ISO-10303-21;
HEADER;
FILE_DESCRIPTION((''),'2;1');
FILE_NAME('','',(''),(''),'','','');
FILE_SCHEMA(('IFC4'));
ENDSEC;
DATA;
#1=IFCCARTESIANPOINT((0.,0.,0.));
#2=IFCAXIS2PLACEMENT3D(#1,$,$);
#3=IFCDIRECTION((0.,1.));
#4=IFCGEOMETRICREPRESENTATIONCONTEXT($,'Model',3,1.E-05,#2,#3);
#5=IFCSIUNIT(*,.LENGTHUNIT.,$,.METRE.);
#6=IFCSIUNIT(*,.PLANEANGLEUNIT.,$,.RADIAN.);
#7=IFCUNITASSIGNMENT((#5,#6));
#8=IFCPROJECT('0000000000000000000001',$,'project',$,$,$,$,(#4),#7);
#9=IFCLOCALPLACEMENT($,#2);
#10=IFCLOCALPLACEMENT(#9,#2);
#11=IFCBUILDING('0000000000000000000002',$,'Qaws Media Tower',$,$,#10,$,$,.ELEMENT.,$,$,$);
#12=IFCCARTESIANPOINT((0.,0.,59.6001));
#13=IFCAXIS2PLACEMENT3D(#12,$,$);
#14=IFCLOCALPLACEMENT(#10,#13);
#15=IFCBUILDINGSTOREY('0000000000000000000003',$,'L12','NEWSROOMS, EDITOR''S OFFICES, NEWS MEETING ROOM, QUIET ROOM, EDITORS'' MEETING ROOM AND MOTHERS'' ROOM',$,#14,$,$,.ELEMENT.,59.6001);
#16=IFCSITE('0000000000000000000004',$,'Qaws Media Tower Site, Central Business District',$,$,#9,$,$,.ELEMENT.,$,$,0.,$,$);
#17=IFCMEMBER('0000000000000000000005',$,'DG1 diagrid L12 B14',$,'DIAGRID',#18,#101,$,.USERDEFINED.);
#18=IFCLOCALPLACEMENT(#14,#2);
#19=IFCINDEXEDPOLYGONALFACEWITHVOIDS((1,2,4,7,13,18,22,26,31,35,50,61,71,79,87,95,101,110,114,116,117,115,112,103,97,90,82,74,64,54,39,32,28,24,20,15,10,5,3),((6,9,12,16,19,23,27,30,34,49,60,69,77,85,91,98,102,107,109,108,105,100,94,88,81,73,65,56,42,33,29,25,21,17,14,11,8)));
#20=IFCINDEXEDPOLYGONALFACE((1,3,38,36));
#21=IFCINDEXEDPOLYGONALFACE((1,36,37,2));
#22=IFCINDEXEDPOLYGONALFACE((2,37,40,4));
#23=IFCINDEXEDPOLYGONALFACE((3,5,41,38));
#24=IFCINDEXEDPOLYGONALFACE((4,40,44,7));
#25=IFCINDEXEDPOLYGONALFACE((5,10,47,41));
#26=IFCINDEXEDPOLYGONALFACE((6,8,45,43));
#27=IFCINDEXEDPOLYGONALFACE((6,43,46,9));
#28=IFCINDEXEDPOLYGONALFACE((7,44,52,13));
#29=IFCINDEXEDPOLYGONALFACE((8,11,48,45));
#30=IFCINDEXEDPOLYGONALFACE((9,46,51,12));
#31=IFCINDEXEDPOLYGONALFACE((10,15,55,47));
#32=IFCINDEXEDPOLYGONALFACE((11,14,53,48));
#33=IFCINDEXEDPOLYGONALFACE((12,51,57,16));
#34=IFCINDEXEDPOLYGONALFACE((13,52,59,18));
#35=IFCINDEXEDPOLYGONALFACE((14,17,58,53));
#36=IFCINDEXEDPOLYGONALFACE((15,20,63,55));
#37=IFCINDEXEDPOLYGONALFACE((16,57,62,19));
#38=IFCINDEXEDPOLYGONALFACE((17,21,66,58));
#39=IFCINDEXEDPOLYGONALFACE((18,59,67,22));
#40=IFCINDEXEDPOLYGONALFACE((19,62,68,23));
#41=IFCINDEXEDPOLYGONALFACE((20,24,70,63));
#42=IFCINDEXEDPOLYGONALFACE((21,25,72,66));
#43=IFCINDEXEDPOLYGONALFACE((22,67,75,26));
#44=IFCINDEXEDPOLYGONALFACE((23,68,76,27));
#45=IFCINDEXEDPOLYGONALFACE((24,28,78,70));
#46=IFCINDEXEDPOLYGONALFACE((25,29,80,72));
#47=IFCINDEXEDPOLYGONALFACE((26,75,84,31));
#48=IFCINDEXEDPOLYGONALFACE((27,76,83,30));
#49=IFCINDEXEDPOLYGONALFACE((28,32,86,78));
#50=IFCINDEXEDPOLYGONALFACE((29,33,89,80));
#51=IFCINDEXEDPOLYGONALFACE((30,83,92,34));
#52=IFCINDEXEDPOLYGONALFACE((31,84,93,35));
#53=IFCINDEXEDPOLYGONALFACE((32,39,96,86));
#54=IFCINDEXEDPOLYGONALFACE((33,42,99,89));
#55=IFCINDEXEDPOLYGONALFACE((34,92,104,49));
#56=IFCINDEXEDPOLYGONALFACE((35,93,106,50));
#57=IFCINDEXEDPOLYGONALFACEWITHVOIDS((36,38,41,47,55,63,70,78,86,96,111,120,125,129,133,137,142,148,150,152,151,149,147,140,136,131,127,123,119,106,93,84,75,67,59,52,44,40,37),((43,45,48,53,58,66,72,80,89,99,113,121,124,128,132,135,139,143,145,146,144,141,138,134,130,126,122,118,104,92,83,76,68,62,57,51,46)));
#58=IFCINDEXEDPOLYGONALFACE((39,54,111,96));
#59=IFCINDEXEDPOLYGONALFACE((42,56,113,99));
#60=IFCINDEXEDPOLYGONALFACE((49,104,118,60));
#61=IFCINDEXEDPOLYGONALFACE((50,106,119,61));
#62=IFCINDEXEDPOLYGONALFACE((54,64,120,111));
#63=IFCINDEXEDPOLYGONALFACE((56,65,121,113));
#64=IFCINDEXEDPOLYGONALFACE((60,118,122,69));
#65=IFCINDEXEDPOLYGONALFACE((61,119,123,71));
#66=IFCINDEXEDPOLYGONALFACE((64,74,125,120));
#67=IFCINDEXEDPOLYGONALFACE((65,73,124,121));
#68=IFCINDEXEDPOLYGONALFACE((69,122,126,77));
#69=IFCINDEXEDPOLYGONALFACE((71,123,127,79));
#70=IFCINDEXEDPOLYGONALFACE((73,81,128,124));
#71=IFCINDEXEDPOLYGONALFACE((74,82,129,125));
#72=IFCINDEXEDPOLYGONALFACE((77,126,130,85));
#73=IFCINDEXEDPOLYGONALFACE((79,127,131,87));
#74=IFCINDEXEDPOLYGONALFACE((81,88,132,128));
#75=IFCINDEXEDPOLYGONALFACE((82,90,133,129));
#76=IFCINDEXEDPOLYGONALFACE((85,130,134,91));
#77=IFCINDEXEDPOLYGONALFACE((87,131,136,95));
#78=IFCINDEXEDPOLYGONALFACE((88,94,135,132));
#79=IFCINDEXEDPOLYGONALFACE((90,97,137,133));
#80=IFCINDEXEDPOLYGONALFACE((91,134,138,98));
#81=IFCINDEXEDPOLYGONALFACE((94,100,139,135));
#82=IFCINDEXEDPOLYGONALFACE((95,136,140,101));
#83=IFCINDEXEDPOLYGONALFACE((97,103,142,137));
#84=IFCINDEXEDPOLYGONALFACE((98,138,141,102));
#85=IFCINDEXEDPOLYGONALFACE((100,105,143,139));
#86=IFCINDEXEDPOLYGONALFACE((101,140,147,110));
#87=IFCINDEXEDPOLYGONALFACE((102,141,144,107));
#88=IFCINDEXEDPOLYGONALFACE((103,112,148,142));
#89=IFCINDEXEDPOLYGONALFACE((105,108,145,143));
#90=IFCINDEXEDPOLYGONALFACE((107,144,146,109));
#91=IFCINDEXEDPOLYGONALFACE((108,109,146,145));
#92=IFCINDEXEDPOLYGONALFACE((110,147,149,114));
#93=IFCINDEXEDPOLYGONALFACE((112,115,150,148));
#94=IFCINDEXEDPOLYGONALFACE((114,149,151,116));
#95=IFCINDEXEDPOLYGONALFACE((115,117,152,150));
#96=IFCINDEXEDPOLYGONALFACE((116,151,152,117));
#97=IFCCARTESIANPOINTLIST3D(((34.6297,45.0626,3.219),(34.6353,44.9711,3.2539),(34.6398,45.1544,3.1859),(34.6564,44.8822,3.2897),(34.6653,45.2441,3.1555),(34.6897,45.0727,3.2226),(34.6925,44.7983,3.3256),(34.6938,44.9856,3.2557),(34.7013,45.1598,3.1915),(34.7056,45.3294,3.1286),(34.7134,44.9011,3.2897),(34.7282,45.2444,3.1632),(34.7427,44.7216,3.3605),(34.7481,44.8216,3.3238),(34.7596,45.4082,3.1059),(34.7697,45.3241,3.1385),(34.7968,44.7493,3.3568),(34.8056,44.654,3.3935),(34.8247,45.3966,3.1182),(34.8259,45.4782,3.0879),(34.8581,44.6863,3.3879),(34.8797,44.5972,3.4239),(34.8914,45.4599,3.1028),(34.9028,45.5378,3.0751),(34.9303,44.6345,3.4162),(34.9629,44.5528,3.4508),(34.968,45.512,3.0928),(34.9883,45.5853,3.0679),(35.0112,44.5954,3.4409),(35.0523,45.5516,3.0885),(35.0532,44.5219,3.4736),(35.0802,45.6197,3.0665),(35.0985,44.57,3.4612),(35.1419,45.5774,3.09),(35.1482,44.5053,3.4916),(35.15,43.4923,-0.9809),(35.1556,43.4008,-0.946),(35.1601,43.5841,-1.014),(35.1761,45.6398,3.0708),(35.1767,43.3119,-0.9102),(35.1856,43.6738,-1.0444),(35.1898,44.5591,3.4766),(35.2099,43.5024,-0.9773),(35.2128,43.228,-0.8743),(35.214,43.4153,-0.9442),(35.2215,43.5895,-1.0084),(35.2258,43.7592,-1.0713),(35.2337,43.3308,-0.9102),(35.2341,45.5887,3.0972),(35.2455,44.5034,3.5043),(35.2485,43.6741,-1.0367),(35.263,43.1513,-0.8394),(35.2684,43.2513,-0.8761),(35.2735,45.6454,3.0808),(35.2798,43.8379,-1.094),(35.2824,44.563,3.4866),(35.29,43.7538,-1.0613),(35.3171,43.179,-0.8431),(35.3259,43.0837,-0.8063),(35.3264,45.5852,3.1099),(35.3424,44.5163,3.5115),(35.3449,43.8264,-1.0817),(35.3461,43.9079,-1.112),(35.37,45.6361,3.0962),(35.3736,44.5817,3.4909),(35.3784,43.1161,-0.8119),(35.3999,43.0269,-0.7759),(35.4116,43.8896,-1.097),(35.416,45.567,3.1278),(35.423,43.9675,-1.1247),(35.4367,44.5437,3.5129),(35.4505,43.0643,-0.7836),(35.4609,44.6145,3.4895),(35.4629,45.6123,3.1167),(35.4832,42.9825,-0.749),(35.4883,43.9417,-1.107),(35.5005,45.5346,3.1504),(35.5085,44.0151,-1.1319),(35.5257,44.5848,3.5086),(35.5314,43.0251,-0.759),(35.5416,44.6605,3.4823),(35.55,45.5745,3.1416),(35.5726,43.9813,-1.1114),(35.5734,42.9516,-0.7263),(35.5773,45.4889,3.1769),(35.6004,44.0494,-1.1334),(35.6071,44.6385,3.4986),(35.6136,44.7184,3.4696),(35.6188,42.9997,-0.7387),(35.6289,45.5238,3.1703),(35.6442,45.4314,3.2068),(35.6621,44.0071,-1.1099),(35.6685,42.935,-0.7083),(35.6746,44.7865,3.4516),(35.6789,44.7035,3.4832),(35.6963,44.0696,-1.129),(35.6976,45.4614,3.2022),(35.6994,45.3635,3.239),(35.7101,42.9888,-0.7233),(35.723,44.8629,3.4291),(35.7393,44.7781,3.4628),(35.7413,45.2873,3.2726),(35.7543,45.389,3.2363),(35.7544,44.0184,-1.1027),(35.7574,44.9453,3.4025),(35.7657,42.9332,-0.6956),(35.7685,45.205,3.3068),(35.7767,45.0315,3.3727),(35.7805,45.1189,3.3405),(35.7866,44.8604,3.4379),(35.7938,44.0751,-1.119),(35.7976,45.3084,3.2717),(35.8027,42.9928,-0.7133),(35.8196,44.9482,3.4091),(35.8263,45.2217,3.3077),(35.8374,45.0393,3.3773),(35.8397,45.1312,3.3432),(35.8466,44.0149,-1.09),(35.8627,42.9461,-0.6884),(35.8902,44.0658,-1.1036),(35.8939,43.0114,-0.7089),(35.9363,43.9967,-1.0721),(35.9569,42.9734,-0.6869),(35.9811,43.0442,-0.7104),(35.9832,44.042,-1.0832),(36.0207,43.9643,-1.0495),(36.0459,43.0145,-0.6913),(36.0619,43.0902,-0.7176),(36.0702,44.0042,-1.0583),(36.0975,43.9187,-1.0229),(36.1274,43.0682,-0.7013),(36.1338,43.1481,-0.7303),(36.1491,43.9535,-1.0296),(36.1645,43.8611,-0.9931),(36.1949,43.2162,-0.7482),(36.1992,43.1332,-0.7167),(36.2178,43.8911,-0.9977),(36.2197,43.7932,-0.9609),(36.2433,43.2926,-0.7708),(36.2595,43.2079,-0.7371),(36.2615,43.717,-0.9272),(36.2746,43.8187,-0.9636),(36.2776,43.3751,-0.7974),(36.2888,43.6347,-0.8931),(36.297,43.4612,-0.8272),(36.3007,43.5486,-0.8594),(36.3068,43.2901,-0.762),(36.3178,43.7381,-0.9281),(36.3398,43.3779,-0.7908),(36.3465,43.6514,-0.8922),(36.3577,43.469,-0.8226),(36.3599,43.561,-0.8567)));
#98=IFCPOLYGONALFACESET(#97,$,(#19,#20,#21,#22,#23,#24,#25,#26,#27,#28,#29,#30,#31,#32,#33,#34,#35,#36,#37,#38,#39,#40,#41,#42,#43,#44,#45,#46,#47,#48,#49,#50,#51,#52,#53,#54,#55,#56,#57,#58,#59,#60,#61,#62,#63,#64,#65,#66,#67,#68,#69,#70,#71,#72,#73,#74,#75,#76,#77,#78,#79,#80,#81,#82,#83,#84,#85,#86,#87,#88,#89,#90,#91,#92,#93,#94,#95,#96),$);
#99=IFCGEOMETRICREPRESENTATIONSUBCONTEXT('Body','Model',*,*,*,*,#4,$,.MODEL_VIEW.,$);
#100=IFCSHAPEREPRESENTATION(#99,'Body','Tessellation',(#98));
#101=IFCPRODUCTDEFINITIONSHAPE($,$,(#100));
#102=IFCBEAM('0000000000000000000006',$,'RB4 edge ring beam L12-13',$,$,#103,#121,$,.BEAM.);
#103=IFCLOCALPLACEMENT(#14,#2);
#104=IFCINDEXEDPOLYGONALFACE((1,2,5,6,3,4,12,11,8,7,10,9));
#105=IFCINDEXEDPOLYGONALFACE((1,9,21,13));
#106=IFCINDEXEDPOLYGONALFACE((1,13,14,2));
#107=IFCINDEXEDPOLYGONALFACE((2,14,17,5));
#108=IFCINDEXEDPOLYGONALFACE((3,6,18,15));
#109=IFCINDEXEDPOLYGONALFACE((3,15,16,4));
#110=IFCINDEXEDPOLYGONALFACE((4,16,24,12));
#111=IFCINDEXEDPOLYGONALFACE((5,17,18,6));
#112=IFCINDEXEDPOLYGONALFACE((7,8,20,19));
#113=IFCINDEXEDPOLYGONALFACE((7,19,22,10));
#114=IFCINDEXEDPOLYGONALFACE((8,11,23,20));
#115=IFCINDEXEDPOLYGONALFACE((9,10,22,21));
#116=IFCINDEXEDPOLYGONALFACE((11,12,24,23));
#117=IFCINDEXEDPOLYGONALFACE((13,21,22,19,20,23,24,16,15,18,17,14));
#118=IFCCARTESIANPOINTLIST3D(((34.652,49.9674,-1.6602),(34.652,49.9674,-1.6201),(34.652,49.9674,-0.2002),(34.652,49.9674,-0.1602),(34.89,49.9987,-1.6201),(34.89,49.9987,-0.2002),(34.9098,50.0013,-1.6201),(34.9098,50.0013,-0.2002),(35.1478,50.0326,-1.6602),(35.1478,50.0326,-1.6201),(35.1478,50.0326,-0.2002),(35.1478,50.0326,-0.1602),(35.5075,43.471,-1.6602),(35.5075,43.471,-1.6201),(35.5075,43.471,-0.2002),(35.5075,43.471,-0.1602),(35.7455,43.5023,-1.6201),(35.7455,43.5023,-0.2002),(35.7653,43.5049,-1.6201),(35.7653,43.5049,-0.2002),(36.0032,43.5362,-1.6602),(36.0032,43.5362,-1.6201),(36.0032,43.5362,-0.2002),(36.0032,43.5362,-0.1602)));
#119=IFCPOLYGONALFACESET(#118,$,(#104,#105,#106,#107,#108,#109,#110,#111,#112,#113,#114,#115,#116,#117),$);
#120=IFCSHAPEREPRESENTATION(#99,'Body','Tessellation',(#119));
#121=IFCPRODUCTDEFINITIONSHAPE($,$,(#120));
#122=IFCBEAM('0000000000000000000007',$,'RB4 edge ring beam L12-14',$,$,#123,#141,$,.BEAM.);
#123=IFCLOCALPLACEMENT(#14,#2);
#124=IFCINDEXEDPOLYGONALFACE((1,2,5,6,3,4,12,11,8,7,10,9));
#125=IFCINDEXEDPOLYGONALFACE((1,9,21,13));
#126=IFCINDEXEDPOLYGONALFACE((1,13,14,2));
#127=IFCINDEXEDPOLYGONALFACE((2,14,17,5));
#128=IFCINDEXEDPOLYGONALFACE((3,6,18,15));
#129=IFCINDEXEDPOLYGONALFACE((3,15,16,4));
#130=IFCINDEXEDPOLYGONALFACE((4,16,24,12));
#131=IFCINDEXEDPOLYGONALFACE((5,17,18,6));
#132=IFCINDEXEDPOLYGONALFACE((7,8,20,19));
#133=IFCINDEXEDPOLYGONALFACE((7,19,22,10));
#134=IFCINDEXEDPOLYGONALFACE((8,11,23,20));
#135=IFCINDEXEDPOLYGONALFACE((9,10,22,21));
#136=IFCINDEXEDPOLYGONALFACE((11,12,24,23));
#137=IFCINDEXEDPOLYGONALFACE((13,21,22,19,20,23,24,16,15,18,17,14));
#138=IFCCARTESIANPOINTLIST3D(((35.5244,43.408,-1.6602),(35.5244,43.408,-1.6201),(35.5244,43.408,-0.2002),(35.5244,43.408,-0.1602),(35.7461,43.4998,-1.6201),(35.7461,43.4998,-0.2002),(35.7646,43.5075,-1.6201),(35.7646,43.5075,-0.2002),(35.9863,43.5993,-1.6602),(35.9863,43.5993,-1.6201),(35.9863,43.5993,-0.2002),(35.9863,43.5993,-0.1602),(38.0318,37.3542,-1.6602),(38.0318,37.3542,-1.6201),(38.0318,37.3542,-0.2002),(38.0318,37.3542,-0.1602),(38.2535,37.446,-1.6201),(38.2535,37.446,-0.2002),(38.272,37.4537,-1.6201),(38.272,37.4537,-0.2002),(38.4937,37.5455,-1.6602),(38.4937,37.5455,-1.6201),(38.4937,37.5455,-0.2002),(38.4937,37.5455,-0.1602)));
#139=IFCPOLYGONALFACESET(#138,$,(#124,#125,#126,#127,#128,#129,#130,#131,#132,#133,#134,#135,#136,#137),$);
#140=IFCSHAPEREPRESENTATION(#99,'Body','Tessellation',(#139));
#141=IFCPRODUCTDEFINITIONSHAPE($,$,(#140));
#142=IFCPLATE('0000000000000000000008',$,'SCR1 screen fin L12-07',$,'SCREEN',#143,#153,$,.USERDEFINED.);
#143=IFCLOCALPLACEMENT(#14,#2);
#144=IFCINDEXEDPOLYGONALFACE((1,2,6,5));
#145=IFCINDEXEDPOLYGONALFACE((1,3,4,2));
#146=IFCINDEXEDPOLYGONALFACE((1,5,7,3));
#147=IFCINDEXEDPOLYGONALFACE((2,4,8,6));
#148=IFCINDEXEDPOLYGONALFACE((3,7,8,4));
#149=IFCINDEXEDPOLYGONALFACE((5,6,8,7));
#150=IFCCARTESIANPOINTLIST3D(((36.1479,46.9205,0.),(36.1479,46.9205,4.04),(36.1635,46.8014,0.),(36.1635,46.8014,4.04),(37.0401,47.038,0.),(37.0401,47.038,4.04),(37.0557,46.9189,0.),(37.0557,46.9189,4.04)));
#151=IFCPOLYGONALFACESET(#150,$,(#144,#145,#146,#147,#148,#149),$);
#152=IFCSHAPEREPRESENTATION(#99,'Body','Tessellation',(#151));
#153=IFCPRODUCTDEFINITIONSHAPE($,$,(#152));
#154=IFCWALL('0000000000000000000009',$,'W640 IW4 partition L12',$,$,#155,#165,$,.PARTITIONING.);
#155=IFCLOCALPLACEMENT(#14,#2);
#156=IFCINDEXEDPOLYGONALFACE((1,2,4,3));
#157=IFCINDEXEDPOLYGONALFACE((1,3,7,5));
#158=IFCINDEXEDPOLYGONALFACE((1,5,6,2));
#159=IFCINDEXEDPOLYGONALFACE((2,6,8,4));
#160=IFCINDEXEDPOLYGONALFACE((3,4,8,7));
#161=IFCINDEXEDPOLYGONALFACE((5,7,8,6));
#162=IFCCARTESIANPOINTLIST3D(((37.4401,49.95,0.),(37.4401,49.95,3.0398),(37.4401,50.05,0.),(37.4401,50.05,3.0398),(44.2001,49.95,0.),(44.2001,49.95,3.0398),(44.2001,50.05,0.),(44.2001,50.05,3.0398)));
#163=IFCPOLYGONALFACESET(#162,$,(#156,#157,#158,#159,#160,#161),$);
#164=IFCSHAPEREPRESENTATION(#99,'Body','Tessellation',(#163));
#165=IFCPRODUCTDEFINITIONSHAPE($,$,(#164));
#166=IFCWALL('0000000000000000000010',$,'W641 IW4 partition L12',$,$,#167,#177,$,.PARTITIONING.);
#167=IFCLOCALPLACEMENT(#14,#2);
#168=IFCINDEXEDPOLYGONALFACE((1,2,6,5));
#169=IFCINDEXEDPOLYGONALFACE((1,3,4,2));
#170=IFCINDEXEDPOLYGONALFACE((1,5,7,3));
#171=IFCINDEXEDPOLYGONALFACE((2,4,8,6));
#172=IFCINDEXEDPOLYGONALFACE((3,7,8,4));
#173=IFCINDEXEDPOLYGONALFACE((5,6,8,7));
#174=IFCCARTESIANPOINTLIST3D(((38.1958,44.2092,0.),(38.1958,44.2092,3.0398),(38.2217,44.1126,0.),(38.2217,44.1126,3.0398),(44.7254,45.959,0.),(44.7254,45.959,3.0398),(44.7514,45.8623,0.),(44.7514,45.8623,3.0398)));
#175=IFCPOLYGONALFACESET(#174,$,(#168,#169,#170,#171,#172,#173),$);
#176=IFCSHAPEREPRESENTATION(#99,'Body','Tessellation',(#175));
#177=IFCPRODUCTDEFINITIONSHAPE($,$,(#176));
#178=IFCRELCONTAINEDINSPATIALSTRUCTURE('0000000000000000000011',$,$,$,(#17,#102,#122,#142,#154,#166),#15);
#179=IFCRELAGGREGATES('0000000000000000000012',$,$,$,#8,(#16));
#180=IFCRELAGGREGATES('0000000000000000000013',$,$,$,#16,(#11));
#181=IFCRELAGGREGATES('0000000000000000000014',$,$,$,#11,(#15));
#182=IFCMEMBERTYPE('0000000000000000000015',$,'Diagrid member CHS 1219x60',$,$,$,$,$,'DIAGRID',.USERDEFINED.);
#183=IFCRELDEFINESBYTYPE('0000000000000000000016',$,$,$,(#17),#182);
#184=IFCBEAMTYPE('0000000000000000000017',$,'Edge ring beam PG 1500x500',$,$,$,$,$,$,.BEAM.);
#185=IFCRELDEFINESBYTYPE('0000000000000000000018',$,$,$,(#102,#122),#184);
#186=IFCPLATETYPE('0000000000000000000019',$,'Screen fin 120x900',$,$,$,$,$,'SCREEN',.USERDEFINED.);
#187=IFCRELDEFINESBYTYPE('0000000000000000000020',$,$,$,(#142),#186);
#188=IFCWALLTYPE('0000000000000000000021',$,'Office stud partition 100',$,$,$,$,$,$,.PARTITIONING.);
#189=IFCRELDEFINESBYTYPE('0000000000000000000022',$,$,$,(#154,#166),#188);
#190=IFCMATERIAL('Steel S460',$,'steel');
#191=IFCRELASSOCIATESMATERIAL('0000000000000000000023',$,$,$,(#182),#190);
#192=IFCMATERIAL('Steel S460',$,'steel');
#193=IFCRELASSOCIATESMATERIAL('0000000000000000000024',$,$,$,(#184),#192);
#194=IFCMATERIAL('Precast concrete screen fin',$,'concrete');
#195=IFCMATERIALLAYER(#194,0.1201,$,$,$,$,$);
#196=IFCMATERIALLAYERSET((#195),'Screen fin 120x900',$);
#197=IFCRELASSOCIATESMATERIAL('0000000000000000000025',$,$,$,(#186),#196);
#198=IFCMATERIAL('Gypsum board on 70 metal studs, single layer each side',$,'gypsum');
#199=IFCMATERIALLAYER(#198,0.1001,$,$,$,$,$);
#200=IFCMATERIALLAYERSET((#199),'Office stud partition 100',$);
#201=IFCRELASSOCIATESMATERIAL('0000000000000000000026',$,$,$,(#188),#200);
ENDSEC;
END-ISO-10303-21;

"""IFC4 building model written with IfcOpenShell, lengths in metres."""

from ifc_helpers import new_model, si_unit, direction, frame, frame_2d, origin, origin_2d, place, context, subcontext, project, spatial, rectangle, hollow_circle, i_section, extrude, material, layer, layer_set, material_profile, profile_set, type_object, element, save


model = new_model("IFC4")

# Units and contexts
model_context = context("Model", 3, precision=1e-05, world=origin(), true_north=direction((0.0, 1.0)))
body_context = subcontext(model_context, "Body", "Model", "MODEL_VIEW")
ifc_project = project(units=[si_unit("LENGTHUNIT", "METRE"), si_unit("PLANEANGLEUNIT", "RADIAN")], contexts=[model_context])

# Site, building, storey
site_placement = place(None, origin())
site = spatial("IfcSite", under=ifc_project, at=site_placement, Name="Qaws Media Tower Site, Central Business District", CompositionType="ELEMENT", RefElevation=0.0)
building_placement = place(site_placement, origin())
building = spatial("IfcBuilding", under=site, at=building_placement, Name="Qaws Media Tower", CompositionType="ELEMENT")
storey_placement = place(building_placement, frame((0.0, 0.0, 59.6001)))
storey = spatial("IfcBuildingStorey", under=building, at=storey_placement, Name="L12", Description="NEWSROOMS, EDITOR'S OFFICES, NEWS MEETING ROOM, QUIET ROOM, EDITORS' MEETING ROOM AND MOTHERS' ROOM", CompositionType="ELEMENT", Elevation=59.6001)

# Member
ifc_material_1 = material(Name="Steel S460", Category="steel")
ifc_material_profile_1 = material_profile(ifc_material_1, hollow_circle(Radius=0.6096, WallThickness=0.0601, at=origin_2d()), Name="CHS 1219x60")
ifc_profile_set_1 = profile_set([ifc_material_profile_1], Name="Steel S460")
member_type_1 = type_object("IfcMemberType", Name="Diagrid member CHS 1219x60", ElementType="DIAGRID", PredefinedType="USERDEFINED", material=ifc_profile_set_1)
for number, where, z_axis, x_axis, name in (
    (1, (35.7554, 43.5037, -0.9102), (-0.115256, 0.347876, 0.930429), (-0.949257, -0.314501, 0.0), "DG1 diagrid L12 B14"),
):
    element("IfcMember", number, at=place(storey_placement, frame(where, z_axis=z_axis, x_axis=x_axis)), inside=storey, type_object=member_type_1, Name=name, ObjectType="DIAGRID", PredefinedType="USERDEFINED", context=body_context, shape_type="SweptSolid", body=[
        extrude(hollow_circle(Radius=0.6096, WallThickness=0.0601, at=origin_2d()), origin(), (0.0, 0.0, 1.0), 4.5139),
    ])

# Beams
ifc_material_2 = material(Name="Steel S460", Category="steel")
ifc_material_profile_2 = material_profile(ifc_material_2, i_section(OverallWidth=0.5, OverallDepth=1.5, WebThickness=0.02, FlangeThickness=0.04, at=origin_2d()), Name="PG 1500x500")
ifc_profile_set_2 = profile_set([ifc_material_profile_2], Name="Steel S460")
beam_type = type_object("IfcBeamType", Name="Edge ring beam PG 1500x500", PredefinedType="BEAM", material=ifc_profile_set_2)
for number, where, z_axis, x_axis, name in (
    (2, (34.8999, 50.0, -0.9102), (0.130558, -0.991441, 0.0), (0.991441, 0.130558, 0.0), "RB4 edge ring beam L12-13"),
    (3, (35.7554, 43.5037, -0.9102), (0.382657, -0.923891, 0.0), (0.923891, 0.382657, 0.0), "RB4 edge ring beam L12-14"),
):
    element("IfcBeam", number, at=place(storey_placement, frame(where, z_axis=z_axis, x_axis=x_axis)), inside=storey, type_object=beam_type, Name=name, PredefinedType="BEAM", context=body_context, shape_type="SweptSolid", body=[
        extrude(i_section(OverallWidth=0.5, OverallDepth=1.5, WebThickness=0.02, FlangeThickness=0.04, at=origin_2d()), origin(), (0.0, 0.0, 1.0), 6.5525),
    ])

# Plate
ifc_material_3 = material(Name="Precast concrete screen fin", Category="concrete")
ifc_layer_1 = layer(ifc_material_3, 0.1201)
ifc_layer_set_1 = layer_set([ifc_layer_1], Name="Screen fin 120x900")
plate_type = type_object("IfcPlateType", Name="Screen fin 120x900", ElementType="SCREEN", PredefinedType="USERDEFINED", material=ifc_layer_set_1)
plate_placement = place(storey_placement, frame((36.6018, 46.9197, 0.0), z_axis=(0.0, 0.0, 1.0), x_axis=(-0.991445, -0.130526, 0.0)))
element("IfcPlate", 4, at=plate_placement, inside=storey, type_object=plate_type, Name="SCR1 screen fin L12-07", ObjectType="SCREEN", PredefinedType="USERDEFINED", context=body_context, shape_type="SweptSolid", body=[
    extrude(rectangle(XDim=0.8999, YDim=0.1201, at=origin_2d()), origin(), (0.0, 0.0, 1.0), 4.04),
])

# Walls
ifc_material_4 = material(Name="Gypsum board on 70 metal studs, single layer each side", Category="gypsum")
ifc_layer_2 = layer(ifc_material_4, 0.1001)
ifc_layer_set_2 = layer_set([ifc_layer_2], Name="Office stud partition 100")
wall_type_1 = type_object("IfcWallType", Name="Office stud partition 100", PredefinedType="PARTITIONING", material=ifc_layer_set_2)
for number, where, z_axis, x_axis, name in (
    (5, (44.2, 50.0, 0.0), (0.0, 0.0, 1.0), (-1.0, 0.0, 0.0), "W640 IW4 partition L12"),
    (6, (44.7383, 45.9106, 0.0), (0.0, 0.0, 1.0), (-0.96592, -0.258843, 0.0), "W641 IW4 partition L12"),
):
    element("IfcWall", number, at=place(storey_placement, frame(where, z_axis=z_axis, x_axis=x_axis)), inside=storey, type_object=wall_type_1, Name=name, PredefinedType="PARTITIONING", context=body_context, shape_type="SweptSolid", body=[
        extrude(rectangle(XDim=6.76, YDim=0.1001, at=frame_2d((3.3799, 0.0))), origin(), (0.0, 0.0, 1.0), 3.0398),
    ])

save(model, "model.ifc")
